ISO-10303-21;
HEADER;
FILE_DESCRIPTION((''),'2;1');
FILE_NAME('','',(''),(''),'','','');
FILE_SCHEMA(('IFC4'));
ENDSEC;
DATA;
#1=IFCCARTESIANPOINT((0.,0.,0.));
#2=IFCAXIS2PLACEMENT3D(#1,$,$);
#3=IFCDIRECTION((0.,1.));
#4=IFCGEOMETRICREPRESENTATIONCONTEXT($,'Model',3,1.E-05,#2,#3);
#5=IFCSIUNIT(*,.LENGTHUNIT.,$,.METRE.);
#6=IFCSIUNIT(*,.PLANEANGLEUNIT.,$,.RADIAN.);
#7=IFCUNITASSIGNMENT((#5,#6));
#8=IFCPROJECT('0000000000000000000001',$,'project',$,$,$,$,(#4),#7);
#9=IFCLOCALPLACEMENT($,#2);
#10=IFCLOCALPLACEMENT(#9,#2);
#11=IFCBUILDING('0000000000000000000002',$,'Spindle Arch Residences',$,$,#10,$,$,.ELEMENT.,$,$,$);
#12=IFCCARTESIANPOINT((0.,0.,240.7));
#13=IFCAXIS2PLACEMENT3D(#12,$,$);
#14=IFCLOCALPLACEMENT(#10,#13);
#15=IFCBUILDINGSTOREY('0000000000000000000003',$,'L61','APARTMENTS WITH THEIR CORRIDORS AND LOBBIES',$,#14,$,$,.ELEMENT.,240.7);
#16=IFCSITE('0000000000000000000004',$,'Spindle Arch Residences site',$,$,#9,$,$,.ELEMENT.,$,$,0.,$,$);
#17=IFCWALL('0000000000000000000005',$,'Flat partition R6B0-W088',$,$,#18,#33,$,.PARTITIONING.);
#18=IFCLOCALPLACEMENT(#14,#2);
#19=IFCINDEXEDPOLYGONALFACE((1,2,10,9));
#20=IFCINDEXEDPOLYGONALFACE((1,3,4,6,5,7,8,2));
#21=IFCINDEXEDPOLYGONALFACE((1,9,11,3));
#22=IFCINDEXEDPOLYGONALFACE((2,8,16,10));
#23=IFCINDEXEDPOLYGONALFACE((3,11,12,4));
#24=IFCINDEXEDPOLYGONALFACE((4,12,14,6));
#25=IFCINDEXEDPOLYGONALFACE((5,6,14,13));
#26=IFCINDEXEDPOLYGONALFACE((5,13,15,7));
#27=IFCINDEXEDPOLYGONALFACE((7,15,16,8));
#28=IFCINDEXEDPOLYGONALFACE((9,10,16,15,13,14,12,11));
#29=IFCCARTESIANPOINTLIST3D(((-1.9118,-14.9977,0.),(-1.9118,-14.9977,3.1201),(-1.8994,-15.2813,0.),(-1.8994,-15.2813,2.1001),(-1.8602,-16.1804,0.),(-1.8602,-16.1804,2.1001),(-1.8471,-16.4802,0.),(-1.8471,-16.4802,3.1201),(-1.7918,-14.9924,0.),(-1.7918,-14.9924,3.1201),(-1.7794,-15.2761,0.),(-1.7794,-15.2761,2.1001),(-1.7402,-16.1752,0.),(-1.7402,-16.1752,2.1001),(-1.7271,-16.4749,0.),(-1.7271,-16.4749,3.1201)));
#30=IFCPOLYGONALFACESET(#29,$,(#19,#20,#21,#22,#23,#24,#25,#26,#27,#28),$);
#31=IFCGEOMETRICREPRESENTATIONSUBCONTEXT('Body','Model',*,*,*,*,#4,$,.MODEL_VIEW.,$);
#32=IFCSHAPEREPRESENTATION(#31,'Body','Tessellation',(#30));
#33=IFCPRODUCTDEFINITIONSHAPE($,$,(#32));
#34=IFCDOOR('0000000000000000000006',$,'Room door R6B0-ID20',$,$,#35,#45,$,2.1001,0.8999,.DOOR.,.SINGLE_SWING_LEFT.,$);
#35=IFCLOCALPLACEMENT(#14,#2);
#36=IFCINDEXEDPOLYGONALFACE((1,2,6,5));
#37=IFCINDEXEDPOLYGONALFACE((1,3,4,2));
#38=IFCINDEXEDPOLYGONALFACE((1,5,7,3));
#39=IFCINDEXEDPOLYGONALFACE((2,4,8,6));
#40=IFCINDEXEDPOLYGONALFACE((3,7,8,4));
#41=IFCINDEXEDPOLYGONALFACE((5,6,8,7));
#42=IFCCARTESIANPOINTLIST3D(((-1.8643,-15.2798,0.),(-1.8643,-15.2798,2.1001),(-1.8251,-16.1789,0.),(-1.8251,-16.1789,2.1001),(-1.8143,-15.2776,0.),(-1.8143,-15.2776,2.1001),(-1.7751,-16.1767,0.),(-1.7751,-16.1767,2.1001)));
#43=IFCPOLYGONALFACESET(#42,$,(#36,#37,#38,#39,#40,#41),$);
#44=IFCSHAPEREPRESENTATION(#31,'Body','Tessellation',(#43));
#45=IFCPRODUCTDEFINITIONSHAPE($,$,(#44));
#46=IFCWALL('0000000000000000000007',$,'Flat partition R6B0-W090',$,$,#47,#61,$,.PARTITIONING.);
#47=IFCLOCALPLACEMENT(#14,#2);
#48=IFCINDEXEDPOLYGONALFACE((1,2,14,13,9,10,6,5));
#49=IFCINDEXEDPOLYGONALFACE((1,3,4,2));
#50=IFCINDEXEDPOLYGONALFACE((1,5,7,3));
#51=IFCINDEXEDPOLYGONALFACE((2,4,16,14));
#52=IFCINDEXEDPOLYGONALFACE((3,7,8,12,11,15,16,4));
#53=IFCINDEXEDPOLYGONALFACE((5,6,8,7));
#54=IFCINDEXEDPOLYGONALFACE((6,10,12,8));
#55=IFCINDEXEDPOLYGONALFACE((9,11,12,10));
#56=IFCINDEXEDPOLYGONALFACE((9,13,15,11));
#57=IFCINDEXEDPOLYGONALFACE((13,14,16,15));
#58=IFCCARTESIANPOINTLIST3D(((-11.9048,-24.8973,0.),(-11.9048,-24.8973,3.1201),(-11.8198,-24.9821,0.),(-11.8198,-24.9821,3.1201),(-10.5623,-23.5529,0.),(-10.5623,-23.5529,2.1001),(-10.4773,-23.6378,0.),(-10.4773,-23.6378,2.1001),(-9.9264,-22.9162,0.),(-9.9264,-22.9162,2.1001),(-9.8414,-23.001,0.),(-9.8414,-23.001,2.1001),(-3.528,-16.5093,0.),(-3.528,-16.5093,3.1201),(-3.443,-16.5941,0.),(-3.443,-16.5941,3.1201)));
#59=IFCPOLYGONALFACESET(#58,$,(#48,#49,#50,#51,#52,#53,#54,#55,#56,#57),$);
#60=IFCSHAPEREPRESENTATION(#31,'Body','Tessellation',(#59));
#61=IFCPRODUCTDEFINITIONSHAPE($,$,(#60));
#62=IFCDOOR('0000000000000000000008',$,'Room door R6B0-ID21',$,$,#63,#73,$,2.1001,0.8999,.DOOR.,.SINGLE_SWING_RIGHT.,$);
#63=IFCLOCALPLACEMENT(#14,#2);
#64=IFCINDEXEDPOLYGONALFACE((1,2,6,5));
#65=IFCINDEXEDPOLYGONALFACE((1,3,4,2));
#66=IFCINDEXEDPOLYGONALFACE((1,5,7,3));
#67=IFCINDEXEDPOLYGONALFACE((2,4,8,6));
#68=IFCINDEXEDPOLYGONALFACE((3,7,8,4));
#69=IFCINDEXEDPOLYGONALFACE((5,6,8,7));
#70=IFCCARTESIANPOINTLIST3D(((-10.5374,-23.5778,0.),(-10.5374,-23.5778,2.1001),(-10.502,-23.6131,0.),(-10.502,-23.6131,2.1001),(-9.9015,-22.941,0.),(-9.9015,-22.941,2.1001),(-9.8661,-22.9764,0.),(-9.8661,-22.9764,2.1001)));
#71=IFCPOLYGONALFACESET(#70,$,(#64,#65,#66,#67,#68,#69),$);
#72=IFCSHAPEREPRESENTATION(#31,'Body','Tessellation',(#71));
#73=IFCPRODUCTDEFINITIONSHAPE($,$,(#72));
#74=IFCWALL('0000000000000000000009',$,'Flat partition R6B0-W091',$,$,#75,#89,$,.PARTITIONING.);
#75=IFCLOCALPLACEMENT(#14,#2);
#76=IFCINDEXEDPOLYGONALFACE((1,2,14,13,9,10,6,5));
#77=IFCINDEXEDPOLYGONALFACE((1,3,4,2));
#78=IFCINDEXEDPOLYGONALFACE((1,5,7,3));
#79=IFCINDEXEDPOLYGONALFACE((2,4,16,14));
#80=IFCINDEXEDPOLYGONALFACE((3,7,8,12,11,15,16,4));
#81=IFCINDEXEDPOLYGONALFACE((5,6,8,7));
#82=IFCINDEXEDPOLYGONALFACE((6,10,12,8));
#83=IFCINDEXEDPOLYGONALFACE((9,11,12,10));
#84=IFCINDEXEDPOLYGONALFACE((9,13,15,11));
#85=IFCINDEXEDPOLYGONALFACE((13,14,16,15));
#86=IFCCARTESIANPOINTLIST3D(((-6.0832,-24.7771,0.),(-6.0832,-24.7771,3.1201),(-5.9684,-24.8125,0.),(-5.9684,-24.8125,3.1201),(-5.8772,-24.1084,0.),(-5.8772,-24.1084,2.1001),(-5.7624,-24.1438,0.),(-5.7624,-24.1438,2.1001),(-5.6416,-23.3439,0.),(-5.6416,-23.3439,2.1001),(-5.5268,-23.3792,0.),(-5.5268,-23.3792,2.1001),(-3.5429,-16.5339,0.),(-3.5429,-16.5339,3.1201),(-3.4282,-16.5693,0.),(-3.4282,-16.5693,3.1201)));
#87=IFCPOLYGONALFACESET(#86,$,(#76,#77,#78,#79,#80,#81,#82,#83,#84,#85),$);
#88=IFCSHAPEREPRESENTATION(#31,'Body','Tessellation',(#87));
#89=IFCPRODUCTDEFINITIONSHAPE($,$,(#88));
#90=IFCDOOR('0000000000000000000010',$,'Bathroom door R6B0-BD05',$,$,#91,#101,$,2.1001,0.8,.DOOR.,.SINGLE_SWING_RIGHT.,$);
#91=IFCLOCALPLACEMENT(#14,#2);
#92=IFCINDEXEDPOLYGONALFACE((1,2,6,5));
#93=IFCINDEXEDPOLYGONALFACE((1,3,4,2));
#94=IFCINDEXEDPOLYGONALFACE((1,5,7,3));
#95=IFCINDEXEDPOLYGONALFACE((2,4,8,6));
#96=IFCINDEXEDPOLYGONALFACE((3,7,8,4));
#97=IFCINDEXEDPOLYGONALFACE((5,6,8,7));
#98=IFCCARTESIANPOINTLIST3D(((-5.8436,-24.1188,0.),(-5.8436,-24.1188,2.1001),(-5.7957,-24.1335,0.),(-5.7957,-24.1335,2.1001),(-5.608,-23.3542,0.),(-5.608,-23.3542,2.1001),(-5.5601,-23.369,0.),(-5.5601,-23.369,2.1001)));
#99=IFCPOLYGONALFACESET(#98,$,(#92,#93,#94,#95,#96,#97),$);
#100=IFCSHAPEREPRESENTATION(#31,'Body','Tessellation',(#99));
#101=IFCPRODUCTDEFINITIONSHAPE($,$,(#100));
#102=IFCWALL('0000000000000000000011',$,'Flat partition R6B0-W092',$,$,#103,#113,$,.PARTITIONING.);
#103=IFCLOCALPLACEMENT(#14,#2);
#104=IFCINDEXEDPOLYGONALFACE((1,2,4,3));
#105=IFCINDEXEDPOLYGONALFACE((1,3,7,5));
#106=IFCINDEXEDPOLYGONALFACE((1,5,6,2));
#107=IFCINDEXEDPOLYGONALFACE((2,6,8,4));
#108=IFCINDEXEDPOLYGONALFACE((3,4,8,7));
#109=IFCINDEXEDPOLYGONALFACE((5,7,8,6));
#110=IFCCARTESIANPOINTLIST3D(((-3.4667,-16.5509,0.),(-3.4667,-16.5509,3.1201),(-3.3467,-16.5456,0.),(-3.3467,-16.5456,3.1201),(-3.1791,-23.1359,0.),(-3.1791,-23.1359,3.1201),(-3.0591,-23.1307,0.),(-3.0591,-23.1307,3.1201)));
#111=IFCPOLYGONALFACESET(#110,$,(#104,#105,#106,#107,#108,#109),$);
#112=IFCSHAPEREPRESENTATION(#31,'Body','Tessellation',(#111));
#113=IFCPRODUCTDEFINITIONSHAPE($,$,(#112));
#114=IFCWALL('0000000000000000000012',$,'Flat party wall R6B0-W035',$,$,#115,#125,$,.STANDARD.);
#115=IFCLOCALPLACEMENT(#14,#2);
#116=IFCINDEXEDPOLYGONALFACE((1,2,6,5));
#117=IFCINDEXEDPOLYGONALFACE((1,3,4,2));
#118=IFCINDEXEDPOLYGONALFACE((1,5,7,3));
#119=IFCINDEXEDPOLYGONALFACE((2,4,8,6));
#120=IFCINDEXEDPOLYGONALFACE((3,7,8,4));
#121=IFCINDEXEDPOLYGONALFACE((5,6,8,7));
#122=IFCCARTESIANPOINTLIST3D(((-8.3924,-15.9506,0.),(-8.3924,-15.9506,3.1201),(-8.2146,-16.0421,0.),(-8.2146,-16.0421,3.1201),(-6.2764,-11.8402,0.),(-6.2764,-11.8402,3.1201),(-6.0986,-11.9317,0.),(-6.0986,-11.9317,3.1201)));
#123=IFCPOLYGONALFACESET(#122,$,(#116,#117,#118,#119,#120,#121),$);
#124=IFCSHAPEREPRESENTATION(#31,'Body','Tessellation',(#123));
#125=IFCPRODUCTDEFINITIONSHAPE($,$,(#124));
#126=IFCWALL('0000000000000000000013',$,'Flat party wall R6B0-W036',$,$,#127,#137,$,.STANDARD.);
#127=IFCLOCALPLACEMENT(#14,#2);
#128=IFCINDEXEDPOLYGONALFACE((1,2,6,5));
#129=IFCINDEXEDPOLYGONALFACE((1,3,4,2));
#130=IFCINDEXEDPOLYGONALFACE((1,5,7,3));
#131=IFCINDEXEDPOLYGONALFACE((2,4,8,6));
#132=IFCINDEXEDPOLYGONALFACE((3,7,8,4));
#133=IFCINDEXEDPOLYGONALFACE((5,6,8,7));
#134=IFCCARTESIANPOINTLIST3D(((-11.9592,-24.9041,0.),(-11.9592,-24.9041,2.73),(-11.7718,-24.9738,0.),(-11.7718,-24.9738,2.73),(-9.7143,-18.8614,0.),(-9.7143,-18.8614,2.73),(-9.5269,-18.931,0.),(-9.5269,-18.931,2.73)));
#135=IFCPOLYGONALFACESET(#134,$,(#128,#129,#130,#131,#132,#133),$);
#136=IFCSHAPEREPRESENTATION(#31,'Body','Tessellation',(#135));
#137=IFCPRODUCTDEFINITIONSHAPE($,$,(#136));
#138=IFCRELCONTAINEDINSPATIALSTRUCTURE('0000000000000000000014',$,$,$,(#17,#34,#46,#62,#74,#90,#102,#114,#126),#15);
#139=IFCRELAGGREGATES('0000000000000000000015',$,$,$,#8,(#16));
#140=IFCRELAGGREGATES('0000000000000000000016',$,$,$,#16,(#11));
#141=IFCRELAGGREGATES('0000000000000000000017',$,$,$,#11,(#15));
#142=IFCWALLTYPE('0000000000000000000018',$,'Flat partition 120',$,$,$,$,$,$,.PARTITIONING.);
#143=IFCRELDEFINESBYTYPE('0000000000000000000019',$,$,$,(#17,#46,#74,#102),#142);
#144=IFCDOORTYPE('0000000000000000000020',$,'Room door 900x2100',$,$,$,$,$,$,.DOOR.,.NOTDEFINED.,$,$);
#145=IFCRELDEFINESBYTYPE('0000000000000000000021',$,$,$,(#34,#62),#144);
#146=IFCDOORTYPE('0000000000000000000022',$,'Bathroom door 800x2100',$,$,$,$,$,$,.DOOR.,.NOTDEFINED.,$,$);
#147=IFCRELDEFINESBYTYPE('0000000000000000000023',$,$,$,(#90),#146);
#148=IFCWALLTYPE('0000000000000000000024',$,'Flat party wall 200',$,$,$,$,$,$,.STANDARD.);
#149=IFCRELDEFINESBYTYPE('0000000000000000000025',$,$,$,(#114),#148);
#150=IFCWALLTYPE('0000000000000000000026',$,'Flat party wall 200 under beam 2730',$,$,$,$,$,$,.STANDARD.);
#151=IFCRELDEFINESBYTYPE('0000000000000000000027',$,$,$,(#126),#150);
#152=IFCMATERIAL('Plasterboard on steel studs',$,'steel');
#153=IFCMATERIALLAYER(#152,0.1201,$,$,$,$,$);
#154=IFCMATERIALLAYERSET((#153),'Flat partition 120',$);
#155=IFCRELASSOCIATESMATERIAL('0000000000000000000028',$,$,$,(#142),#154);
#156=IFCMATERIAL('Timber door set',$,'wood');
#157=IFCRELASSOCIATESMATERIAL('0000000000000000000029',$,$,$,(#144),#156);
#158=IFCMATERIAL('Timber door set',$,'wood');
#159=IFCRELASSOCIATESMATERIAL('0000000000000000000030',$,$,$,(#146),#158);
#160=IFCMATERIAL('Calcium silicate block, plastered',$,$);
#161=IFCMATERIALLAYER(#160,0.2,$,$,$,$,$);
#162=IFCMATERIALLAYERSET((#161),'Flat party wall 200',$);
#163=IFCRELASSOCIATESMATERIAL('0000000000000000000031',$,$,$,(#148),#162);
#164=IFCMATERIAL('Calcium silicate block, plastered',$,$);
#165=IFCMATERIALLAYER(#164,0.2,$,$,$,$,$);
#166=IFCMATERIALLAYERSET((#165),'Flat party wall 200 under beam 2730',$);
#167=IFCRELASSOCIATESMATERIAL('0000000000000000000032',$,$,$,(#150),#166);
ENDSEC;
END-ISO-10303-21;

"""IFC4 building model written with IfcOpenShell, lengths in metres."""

from ifc_helpers import new_model, si_unit, direction, frame, frame_2d, origin, place, context, subcontext, project, spatial, rectangle, extrude, material, layer, layer_set, type_object, element, fill, save


model = new_model("IFC4")

# Units and contexts
model_context = context("Model", 3, precision=1e-05, world=origin(), true_north=direction((0.0, 1.0)))
body_context = subcontext(model_context, "Body", "Model", "MODEL_VIEW")
ifc_project = project(units=[si_unit("LENGTHUNIT", "METRE"), si_unit("PLANEANGLEUNIT", "RADIAN")], contexts=[model_context])

# Site, building, storey
site_placement = place(None, origin())
site = spatial("IfcSite", under=ifc_project, at=site_placement, Name="Spindle Arch Residences site", CompositionType="ELEMENT", RefElevation=0.0)
building_placement = place(site_placement, origin())
building = spatial("IfcBuilding", under=site, at=building_placement, Name="Spindle Arch Residences", CompositionType="ELEMENT")
storey_placement = place(building_placement, frame((0.0, 0.0, 240.7)))
storey = spatial("IfcBuildingStorey", under=building, at=storey_placement, Name="L61", Description="APARTMENTS WITH THEIR CORRIDORS AND LOBBIES", CompositionType="ELEMENT", Elevation=240.7)

# Shared definitions
ifc_material_1 = material(Name="Plasterboard on steel studs", Category="steel")
ifc_layer_1 = layer(ifc_material_1, 0.1201)
ifc_layer_set_1 = layer_set([ifc_layer_1], Name="Flat partition 120")
wall_type_1 = type_object("IfcWallType", Name="Flat partition 120", PredefinedType="PARTITIONING", material=ifc_layer_set_1)

# Walls, openings, doors
ifc_material_2 = material(Name="Timber door set", Category="wood")
door_type_1 = type_object("IfcDoorType", Name="Room door 900x2100", OperationType="NOTDEFINED", PredefinedType="DOOR", material=ifc_material_2)
wall_1_placement = place(storey_placement, frame((-1.7871, -16.4775, 0.0), z_axis=(0.0, 0.0, 1.0), x_axis=(-0.043601, 0.999049, 0.0)))
wall_1 = element("IfcWall", 1, at=wall_1_placement, inside=storey, type_object=wall_type_1, Name="Flat partition R6B0-W088", PredefinedType="PARTITIONING", context=body_context, shape_type="SweptSolid", body=[
    extrude(rectangle(XDim=1.4839, YDim=0.1201, at=frame_2d((0.7419, 0.0))), origin(), (0.0, 0.0, 1.0), 3.1201),
])
opening_1_placement = place(wall_1_placement, frame((0.3, 0.0, 0.0)))
opening_1 = element("IfcOpeningElement", 2, at=opening_1_placement, cuts=wall_1, PredefinedType="OPENING", context=body_context, shape_type="SweptSolid", body=[
    extrude(rectangle(XDim=0.8999, YDim=2.1001, at=frame_2d((0.45, 1.05))), frame((0.0, 0.0701, 0.0), z_axis=(0.0, -1.0, 0.0), x_axis=(1.0, 0.0, 0.0)), (0.0, 0.0, 1.0), 0.1401),
])
door_1_placement = place(opening_1_placement, origin())
door_1 = element("IfcDoor", 3, at=door_1_placement, inside=storey, type_object=door_type_1, Name="Room door R6B0-ID20", OperationType="SINGLE_SWING_LEFT", OverallHeight=2.1001, OverallWidth=0.8999, PredefinedType="DOOR", context=body_context, shape_type="SweptSolid", body=[
    extrude(rectangle(XDim=0.8999, YDim=2.1001, at=frame_2d((0.45, 1.05))), frame((0.0, 0.0249, 0.0), z_axis=(0.0, -1.0, 0.0), x_axis=(1.0, 0.0, 0.0)), (0.0, 0.0, 1.0), 0.05),
])
fill(opening_1, door_1)
wall_2_placement = place(storey_placement, frame((-11.8623, -24.9397, 0.0), z_axis=(0.0, 0.0, 1.0), x_axis=(0.706633, 0.70758, 0.0)))
wall_2 = element("IfcWall", 4, at=wall_2_placement, inside=storey, type_object=wall_type_1, Name="Flat partition R6B0-W090", PredefinedType="PARTITIONING", context=body_context, shape_type="SweptSolid", body=[
    extrude(rectangle(XDim=11.8545, YDim=0.1201, at=frame_2d((5.9272, 0.0))), origin(), (0.0, 0.0, 1.0), 3.1201),
])
opening_2_placement = place(wall_2_placement, frame((1.8999, 0.0, 0.0)))
opening_2 = element("IfcOpeningElement", 5, at=opening_2_placement, cuts=wall_2, PredefinedType="OPENING", context=body_context, shape_type="SweptSolid", body=[
    extrude(rectangle(XDim=0.8999, YDim=2.1001, at=frame_2d((0.45, 1.05))), frame((0.0, 0.0701, 0.0), z_axis=(0.0, -1.0, 0.0), x_axis=(1.0, 0.0, 0.0)), (0.0, 0.0, 1.0), 0.1401),
])
door_2_placement = place(opening_2_placement, origin())
door_2 = element("IfcDoor", 6, at=door_2_placement, inside=storey, type_object=door_type_1, Name="Room door R6B0-ID21", OperationType="SINGLE_SWING_RIGHT", OverallHeight=2.1001, OverallWidth=0.8999, PredefinedType="DOOR", context=body_context, shape_type="SweptSolid", body=[
    extrude(rectangle(XDim=0.8999, YDim=2.1001, at=frame_2d((0.45, 1.05))), frame((0.0, 0.0249, 0.0), z_axis=(0.0, -1.0, 0.0), x_axis=(1.0, 0.0, 0.0)), (0.0, 0.0, 1.0), 0.05),
])
fill(opening_2, door_2)
wall_3_placement = place(storey_placement, frame((-6.0259, -24.7949, 0.0), z_axis=(0.0, 0.0, 1.0), x_axis=(0.294502, 0.955651, 0.0)))
wall_3 = element("IfcWall", 7, at=wall_3_placement, inside=storey, type_object=wall_type_1, Name="Flat partition R6B0-W091", PredefinedType="PARTITIONING", context=body_context, shape_type="SweptSolid", body=[
    extrude(rectangle(XDim=8.6257, YDim=0.1201, at=frame_2d((4.313, 0.0))), origin(), (0.0, 0.0, 1.0), 3.1201),
])
opening_3_placement = place(wall_3_placement, frame((0.7, 0.0, 0.0)))
opening_3 = element("IfcOpeningElement", 8, at=opening_3_placement, cuts=wall_3, PredefinedType="OPENING", context=body_context, shape_type="SweptSolid", body=[
    extrude(rectangle(XDim=0.8, YDim=2.1001, at=frame_2d((0.3999, 1.05))), frame((0.0, 0.0701, 0.0), z_axis=(0.0, -1.0, 0.0), x_axis=(1.0, 0.0, 0.0)), (0.0, 0.0, 1.0), 0.1401),
])
ifc_material_3 = material(Name="Timber door set", Category="wood")
door_type_2 = type_object("IfcDoorType", Name="Bathroom door 800x2100", OperationType="NOTDEFINED", PredefinedType="DOOR", material=ifc_material_3)
door_3_placement = place(opening_3_placement, origin())
door_3 = element("IfcDoor", 9, at=door_3_placement, inside=storey, type_object=door_type_2, Name="Bathroom door R6B0-BD05", OperationType="SINGLE_SWING_RIGHT", OverallHeight=2.1001, OverallWidth=0.8, PredefinedType="DOOR", context=body_context, shape_type="SweptSolid", body=[
    extrude(rectangle(XDim=0.8, YDim=2.1001, at=frame_2d((0.3999, 1.05))), frame((0.0, 0.0249, 0.0), z_axis=(0.0, -1.0, 0.0), x_axis=(1.0, 0.0, 0.0)), (0.0, 0.0, 1.0), 0.05),
])
fill(opening_3, door_3)

# Walls
wall_4_placement = place(storey_placement, frame((-3.1191, -23.1333, 0.0), z_axis=(0.0, 0.0, 1.0), x_axis=(-0.043633, 0.999048, 0.0)))
element("IfcWall", 10, at=wall_4_placement, inside=storey, type_object=wall_type_1, Name="Flat partition R6B0-W092", PredefinedType="PARTITIONING", context=body_context, shape_type="SweptSolid", body=[
    extrude(rectangle(XDim=6.5913, YDim=0.1201, at=frame_2d((3.2957, 0.0))), origin(), (0.0, 0.0, 1.0), 3.1201),
])
ifc_material_4 = material(Name="Calcium silicate block, plastered")
ifc_layer_2 = layer(ifc_material_4, 0.2)
ifc_layer_set_2 = layer_set([ifc_layer_2], Name="Flat party wall 200")
wall_type_2 = type_object("IfcWallType", Name="Flat party wall 200", PredefinedType="STANDARD", material=ifc_layer_set_2)
wall_5_placement = place(storey_placement, frame((-8.3035, -15.9963, 0.0), z_axis=(0.0, 0.0, 1.0), x_axis=(0.457702, 0.889105, 0.0)))
element("IfcWall", 11, at=wall_5_placement, inside=storey, type_object=wall_type_2, Name="Flat party wall R6B0-W035", PredefinedType="STANDARD", context=body_context, shape_type="SweptSolid", body=[
    extrude(rectangle(XDim=4.623, YDim=0.2, at=frame_2d((2.3115, 0.0))), origin(), (0.0, 0.0, 1.0), 3.1201),
])
ifc_material_5 = material(Name="Calcium silicate block, plastered")
ifc_layer_3 = layer(ifc_material_5, 0.2)
ifc_layer_set_3 = layer_set([ifc_layer_3], Name="Flat party wall 200 under beam 2730")
wall_type_3 = type_object("IfcWallType", Name="Flat party wall 200 under beam 2730", PredefinedType="STANDARD", material=ifc_layer_set_3)
wall_6_placement = place(storey_placement, frame((-11.8655, -24.939, 0.0), z_axis=(0.0, 0.0, 1.0), x_axis=(0.348245, 0.937403, 0.0)))
element("IfcWall", 12, at=wall_6_placement, inside=storey, type_object=wall_type_3, Name="Flat party wall R6B0-W036", PredefinedType="STANDARD", context=body_context, shape_type="SweptSolid", body=[
    extrude(rectangle(XDim=6.4463, YDim=0.2, at=frame_2d((3.2231, 0.0))), origin(), (0.0, 0.0, 1.0), 2.73),
])

save(model, "model.ifc")
